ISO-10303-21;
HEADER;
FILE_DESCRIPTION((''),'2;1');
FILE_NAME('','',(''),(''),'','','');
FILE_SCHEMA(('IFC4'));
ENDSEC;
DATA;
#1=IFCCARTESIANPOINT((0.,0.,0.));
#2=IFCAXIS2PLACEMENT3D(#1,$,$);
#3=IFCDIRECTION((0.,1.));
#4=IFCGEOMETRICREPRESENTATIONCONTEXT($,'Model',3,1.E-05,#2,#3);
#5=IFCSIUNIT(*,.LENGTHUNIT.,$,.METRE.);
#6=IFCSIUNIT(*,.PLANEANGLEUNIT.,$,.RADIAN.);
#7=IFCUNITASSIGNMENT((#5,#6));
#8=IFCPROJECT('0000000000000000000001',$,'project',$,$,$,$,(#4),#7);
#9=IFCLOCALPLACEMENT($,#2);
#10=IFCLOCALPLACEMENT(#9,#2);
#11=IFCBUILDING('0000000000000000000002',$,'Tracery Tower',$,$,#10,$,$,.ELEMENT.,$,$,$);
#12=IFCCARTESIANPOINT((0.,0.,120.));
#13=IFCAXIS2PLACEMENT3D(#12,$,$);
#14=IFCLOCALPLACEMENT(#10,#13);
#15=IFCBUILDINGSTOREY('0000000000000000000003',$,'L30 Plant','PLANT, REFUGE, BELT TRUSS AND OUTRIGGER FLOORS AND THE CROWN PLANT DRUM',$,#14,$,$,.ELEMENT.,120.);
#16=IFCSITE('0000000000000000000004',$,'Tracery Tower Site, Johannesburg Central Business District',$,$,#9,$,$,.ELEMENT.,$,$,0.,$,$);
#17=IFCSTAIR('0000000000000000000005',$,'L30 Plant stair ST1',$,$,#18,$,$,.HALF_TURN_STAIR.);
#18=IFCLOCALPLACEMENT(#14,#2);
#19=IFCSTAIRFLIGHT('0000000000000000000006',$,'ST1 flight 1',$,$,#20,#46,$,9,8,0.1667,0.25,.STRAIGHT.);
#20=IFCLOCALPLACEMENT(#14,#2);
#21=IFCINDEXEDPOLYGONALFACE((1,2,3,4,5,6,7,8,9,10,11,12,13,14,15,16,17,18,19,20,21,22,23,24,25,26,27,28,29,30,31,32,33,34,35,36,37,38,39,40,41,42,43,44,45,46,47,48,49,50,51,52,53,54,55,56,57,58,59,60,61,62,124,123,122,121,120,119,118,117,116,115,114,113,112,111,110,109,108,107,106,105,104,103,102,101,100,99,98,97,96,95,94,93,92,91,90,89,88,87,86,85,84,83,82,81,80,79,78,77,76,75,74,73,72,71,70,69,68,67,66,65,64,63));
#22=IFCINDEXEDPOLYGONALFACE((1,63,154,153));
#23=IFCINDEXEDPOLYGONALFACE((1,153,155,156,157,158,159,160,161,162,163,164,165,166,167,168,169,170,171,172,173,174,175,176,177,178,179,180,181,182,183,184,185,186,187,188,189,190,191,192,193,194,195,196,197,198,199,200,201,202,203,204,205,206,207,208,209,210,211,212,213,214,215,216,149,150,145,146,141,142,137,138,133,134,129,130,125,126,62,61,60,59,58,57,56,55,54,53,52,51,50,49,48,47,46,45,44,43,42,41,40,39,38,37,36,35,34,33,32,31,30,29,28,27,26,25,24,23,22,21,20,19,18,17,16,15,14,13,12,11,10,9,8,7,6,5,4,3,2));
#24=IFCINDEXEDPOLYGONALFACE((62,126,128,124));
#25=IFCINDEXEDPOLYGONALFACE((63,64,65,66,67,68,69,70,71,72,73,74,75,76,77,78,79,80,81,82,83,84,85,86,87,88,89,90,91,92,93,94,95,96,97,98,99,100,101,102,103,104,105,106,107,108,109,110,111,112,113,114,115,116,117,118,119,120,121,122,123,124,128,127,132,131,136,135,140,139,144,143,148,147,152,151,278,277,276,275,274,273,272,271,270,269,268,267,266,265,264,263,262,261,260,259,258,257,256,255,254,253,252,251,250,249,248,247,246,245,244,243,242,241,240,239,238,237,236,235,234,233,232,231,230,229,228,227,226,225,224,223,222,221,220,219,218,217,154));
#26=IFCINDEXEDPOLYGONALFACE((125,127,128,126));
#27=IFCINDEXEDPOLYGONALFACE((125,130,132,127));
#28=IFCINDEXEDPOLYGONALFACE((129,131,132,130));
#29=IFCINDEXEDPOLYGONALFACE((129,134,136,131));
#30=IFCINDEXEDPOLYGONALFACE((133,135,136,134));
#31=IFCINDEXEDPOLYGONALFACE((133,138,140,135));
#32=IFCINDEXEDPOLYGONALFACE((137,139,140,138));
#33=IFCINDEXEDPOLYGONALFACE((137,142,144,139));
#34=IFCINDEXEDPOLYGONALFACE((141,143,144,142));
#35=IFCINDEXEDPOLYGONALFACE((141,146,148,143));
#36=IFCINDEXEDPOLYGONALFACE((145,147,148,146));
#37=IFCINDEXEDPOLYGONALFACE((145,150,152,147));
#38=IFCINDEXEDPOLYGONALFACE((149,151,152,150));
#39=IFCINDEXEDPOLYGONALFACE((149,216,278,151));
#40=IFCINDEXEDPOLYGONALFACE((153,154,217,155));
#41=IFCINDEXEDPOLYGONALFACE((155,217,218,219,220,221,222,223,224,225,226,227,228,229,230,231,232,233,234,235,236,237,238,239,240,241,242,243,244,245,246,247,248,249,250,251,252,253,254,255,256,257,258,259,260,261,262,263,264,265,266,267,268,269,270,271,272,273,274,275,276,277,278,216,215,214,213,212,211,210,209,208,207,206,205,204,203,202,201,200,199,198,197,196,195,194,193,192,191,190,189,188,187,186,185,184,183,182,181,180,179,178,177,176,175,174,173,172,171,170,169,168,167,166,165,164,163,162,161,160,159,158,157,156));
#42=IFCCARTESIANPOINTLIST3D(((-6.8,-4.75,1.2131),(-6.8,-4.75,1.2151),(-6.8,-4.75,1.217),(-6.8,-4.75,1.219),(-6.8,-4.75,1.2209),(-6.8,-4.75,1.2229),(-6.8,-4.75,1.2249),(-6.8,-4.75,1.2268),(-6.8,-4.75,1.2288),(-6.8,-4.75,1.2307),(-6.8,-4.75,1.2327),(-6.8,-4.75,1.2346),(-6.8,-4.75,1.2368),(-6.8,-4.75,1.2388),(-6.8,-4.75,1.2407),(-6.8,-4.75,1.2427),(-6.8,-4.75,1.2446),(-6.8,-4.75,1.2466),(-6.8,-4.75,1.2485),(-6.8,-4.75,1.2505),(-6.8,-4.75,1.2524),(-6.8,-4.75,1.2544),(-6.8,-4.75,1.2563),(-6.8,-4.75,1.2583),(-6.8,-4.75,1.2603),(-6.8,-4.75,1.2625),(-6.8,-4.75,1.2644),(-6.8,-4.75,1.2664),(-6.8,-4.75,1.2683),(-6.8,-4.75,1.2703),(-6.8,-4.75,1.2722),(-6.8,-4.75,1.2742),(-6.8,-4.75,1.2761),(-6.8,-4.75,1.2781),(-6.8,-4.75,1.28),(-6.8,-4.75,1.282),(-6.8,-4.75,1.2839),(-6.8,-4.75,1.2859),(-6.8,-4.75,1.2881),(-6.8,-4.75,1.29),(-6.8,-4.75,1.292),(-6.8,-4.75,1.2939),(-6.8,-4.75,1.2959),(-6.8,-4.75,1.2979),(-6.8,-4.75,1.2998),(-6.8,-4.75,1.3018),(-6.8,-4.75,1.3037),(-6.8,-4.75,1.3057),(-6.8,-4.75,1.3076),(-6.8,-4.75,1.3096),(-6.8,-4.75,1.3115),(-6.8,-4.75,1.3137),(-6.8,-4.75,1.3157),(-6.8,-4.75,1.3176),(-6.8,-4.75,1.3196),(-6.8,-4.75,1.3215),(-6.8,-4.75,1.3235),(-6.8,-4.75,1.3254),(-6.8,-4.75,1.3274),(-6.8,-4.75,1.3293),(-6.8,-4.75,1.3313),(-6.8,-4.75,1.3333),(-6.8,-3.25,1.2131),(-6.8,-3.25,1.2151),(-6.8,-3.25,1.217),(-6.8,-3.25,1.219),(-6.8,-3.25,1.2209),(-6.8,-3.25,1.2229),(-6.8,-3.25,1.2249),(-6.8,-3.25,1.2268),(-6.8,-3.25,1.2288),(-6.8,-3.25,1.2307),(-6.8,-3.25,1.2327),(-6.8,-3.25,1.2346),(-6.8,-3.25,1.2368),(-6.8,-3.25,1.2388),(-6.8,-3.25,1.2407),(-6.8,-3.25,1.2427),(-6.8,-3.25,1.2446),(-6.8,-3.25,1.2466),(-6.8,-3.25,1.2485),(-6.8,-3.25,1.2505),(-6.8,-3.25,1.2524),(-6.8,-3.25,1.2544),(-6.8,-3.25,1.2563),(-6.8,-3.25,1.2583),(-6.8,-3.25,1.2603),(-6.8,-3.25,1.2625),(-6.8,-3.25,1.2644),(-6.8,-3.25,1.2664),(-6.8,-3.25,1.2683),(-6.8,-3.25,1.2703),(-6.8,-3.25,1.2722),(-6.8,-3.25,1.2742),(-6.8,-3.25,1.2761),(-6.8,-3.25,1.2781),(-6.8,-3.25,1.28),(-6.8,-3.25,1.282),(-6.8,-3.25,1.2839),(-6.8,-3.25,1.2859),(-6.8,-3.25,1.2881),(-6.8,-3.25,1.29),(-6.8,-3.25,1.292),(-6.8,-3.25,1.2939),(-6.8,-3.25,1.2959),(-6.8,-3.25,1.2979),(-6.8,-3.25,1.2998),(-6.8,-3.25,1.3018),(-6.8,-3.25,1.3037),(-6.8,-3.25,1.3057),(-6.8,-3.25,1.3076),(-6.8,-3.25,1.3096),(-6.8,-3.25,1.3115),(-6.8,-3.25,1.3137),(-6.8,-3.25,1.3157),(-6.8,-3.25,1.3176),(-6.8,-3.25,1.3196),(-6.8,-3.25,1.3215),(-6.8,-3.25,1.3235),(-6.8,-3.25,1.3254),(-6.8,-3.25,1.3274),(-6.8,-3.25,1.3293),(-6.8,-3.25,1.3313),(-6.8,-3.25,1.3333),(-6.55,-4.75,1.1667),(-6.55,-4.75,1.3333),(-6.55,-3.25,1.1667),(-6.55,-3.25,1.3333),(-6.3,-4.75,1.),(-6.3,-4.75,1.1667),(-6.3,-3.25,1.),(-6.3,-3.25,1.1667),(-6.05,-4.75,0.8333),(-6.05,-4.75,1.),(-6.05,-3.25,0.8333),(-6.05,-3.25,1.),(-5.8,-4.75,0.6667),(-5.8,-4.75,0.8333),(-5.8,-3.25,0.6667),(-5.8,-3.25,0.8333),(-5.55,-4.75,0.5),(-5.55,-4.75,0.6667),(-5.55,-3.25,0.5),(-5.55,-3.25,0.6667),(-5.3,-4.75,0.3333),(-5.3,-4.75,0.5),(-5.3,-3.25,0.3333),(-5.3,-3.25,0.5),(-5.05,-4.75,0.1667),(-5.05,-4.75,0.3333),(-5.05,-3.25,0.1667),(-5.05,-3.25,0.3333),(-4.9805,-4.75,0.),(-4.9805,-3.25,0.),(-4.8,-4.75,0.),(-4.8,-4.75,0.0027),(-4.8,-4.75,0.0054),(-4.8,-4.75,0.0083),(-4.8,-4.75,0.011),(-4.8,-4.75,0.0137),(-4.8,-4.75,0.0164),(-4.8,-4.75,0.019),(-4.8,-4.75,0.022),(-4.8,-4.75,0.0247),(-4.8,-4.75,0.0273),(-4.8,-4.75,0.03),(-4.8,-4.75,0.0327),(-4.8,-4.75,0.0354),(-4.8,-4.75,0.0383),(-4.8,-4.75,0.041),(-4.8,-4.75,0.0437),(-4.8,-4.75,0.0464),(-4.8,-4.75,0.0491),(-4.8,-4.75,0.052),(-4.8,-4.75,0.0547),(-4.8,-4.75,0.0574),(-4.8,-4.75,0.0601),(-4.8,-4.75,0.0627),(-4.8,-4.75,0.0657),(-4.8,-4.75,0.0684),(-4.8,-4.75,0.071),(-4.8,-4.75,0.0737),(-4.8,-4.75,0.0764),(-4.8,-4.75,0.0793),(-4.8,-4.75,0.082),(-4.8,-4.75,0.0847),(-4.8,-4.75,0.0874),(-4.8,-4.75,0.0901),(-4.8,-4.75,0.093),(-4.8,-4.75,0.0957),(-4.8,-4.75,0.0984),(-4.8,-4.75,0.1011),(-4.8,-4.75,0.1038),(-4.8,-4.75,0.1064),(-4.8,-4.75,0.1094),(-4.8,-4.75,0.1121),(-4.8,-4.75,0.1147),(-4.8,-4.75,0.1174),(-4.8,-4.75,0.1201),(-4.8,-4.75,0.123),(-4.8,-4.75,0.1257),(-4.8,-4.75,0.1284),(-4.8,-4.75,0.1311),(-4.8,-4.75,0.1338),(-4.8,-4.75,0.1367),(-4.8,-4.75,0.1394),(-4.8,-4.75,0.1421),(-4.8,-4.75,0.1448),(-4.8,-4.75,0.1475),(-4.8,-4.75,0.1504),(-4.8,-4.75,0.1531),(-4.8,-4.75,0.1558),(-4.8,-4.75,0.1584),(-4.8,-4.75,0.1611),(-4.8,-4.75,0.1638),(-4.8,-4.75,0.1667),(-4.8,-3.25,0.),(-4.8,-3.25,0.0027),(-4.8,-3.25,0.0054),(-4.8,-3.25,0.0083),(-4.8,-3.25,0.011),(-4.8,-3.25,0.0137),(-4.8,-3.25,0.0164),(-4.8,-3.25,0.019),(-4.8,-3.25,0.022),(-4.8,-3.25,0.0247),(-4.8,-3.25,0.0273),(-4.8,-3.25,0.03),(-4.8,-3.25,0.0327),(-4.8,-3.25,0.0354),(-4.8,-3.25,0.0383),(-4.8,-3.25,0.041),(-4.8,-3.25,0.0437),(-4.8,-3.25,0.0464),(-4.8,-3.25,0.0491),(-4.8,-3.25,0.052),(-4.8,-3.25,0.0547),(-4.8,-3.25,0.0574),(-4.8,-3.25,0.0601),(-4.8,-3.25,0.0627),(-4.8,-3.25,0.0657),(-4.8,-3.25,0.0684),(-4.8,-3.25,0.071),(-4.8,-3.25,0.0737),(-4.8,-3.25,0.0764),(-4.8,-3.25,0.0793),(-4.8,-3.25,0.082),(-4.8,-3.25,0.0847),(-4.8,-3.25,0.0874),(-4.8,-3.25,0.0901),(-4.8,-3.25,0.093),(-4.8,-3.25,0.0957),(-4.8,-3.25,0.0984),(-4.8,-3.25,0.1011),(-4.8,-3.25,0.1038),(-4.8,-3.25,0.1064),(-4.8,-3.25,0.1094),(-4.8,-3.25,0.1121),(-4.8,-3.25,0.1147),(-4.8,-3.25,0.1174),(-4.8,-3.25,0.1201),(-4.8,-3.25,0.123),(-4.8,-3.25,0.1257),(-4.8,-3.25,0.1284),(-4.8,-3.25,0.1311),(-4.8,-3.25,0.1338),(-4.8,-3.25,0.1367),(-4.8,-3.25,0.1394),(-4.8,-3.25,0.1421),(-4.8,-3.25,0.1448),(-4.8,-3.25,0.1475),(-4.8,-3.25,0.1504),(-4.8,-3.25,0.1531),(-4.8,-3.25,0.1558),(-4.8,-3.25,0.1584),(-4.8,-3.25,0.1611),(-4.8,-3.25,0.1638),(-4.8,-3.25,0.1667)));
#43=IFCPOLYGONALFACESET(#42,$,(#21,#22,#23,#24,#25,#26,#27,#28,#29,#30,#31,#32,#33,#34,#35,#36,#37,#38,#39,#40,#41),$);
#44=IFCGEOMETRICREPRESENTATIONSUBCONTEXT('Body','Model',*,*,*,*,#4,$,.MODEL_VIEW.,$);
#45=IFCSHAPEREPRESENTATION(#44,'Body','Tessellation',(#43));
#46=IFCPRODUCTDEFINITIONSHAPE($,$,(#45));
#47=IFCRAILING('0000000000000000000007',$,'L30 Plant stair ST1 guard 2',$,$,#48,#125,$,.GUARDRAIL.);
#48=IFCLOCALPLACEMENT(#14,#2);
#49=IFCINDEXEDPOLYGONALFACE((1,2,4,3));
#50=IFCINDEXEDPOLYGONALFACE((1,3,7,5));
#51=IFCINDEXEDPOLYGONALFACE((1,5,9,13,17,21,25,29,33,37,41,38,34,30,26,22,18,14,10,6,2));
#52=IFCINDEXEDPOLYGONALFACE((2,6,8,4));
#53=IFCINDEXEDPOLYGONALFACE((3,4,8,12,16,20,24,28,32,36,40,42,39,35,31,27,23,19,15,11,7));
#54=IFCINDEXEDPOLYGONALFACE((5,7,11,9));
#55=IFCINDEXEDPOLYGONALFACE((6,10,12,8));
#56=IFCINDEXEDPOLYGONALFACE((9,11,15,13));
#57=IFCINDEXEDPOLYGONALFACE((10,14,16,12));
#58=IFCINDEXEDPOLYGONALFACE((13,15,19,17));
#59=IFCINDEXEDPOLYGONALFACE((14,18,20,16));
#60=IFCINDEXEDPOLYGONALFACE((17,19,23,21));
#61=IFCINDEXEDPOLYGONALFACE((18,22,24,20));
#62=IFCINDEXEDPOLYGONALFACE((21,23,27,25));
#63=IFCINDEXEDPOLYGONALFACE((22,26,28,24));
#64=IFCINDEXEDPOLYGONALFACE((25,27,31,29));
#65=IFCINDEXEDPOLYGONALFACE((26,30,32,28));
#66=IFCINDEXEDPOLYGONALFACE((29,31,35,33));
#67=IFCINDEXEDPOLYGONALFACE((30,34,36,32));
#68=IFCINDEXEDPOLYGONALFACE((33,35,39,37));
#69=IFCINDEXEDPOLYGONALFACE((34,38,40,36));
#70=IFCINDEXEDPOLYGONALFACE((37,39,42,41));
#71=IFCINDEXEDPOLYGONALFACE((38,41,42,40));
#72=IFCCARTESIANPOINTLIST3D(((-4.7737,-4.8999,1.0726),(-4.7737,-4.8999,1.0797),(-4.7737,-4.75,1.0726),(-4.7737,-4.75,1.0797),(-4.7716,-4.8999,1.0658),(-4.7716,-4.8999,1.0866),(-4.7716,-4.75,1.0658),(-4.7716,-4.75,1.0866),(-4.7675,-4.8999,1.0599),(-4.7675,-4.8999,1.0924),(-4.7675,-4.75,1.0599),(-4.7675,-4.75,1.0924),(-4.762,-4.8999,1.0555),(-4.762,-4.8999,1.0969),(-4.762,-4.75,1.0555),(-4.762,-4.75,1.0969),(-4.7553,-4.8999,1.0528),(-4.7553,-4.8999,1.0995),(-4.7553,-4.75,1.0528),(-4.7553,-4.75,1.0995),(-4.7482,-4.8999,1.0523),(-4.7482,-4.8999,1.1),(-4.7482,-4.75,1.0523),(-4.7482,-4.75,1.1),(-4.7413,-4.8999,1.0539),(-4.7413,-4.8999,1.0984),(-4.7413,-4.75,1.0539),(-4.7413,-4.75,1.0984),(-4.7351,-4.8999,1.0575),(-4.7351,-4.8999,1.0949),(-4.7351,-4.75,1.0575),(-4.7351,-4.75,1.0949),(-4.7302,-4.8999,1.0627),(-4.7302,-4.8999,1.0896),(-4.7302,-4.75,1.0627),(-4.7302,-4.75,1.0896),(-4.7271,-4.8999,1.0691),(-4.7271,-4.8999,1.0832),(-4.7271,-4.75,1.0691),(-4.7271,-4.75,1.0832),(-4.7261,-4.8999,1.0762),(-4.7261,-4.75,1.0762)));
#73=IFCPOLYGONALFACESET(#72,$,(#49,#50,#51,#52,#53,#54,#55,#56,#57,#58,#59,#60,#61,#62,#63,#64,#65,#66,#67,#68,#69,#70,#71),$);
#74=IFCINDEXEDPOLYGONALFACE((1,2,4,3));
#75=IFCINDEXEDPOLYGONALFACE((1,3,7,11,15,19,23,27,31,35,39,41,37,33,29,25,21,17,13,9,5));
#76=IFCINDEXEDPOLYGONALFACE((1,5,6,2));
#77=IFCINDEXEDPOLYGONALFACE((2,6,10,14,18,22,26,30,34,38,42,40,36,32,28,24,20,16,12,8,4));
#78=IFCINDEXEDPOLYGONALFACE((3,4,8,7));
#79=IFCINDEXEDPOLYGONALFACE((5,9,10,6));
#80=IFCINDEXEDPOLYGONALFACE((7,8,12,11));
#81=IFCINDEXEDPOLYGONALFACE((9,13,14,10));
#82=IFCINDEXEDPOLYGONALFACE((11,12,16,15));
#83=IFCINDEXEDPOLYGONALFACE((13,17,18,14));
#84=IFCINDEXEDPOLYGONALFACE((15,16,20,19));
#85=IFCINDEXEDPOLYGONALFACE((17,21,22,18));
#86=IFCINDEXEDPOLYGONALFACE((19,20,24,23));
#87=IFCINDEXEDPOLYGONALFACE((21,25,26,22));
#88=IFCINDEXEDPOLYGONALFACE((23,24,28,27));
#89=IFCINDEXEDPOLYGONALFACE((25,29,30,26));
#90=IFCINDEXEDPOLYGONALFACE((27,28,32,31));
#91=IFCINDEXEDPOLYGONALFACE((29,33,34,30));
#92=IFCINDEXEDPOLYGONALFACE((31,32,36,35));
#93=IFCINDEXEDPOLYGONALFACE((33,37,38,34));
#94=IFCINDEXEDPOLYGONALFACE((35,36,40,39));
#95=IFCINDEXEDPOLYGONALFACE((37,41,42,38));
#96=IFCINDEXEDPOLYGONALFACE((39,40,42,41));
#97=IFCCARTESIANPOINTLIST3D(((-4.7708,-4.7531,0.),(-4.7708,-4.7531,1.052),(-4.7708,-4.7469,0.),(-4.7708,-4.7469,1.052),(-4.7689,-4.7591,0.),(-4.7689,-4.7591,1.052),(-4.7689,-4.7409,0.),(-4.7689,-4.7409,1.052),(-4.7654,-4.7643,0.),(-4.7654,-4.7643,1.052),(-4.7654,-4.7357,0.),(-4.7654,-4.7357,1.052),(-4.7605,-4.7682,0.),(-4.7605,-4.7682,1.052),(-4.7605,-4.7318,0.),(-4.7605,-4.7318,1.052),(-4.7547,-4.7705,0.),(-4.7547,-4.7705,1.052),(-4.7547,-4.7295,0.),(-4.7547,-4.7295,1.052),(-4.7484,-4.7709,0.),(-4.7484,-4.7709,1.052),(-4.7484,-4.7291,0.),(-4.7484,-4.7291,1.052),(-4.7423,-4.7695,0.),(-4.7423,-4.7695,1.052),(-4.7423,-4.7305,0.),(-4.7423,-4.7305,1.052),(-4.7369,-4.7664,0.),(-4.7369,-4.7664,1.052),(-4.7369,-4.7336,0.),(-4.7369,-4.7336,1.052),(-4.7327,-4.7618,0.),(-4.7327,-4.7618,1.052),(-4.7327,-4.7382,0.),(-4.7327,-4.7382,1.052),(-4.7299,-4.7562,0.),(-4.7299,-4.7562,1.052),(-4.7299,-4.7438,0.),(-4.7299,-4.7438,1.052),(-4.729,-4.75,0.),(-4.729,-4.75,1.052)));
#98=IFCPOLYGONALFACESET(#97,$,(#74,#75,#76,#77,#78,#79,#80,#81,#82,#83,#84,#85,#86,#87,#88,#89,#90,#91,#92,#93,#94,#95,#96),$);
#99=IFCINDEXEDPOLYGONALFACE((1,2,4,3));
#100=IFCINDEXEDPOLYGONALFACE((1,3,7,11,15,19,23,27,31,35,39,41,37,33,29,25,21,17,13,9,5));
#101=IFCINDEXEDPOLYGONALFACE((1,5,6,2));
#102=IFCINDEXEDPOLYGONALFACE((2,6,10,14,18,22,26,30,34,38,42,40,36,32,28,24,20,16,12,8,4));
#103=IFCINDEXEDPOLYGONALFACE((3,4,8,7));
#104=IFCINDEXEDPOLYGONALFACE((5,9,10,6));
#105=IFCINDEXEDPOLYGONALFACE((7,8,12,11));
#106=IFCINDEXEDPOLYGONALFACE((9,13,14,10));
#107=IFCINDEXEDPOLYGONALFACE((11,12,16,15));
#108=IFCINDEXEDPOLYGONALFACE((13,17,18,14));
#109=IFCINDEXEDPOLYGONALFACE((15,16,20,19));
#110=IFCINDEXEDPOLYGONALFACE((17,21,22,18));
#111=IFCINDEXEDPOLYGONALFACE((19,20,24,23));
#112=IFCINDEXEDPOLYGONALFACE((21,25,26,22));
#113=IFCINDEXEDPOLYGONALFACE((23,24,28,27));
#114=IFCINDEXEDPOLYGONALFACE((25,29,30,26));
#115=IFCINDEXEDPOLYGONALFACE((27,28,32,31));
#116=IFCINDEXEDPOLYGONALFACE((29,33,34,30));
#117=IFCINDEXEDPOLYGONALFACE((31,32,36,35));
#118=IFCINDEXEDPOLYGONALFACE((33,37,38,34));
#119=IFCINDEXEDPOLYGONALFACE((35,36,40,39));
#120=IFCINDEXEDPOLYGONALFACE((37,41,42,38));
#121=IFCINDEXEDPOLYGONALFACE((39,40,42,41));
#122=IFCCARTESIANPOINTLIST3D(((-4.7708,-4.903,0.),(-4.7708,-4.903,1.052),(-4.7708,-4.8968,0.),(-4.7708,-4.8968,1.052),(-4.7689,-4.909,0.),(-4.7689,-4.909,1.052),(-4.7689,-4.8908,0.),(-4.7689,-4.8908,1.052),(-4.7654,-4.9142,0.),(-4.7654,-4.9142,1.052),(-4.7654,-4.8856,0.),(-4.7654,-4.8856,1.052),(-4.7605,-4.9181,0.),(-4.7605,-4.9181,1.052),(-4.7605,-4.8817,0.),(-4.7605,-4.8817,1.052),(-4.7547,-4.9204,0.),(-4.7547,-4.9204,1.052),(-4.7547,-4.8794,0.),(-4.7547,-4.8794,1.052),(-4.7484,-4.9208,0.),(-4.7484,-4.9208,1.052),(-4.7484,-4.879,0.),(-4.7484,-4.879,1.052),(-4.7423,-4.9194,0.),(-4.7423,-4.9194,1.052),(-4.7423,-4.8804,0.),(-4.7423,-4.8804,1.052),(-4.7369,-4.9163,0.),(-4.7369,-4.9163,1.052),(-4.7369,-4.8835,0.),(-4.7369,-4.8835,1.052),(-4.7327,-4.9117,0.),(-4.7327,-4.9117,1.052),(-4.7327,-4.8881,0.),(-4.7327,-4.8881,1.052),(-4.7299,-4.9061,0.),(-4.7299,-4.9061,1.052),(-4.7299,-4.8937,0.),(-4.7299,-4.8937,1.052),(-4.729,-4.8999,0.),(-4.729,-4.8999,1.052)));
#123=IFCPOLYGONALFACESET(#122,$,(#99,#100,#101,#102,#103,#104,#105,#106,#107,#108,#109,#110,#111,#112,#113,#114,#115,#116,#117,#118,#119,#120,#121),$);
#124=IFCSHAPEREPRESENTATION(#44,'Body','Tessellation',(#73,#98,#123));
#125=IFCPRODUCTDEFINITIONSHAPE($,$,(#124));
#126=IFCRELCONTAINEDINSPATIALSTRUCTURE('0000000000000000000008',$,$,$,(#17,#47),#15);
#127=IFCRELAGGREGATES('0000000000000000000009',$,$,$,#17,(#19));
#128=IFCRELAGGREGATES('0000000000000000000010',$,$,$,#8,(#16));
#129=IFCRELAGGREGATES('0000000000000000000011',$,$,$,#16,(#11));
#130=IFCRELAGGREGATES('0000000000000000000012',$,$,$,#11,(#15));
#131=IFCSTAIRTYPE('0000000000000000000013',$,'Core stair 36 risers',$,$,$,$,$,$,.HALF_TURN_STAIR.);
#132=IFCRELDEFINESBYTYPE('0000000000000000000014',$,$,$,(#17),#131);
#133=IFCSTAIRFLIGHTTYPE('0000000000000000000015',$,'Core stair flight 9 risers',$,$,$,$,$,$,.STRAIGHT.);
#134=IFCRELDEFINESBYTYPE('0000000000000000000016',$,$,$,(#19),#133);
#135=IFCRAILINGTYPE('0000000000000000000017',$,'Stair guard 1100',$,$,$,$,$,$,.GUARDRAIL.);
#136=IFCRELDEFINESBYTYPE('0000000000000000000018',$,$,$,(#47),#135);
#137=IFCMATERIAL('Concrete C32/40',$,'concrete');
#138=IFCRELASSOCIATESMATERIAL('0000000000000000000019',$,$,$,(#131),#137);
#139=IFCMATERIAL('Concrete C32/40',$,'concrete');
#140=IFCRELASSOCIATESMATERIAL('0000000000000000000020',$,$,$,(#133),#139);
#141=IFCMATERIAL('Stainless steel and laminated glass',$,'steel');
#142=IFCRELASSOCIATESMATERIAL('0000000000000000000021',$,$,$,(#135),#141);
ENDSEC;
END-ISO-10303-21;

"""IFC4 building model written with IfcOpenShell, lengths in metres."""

from ifc_helpers import new_model, si_unit, direction, frame, origin, origin_2d, place, context, subcontext, project, spatial, polyline, circle, outline, extrude, material, type_object, element, aggregate, save


model = new_model("IFC4")

# Units and contexts
model_context = context("Model", 3, precision=1e-05, world=origin(), true_north=direction((0.0, 1.0)))
body_context = subcontext(model_context, "Body", "Model", "MODEL_VIEW")
ifc_project = project(units=[si_unit("LENGTHUNIT", "METRE"), si_unit("PLANEANGLEUNIT", "RADIAN")], contexts=[model_context])

# Site, building, storey
site_placement = place(None, origin())
site = spatial("IfcSite", under=ifc_project, at=site_placement, Name="Tracery Tower Site, Johannesburg Central Business District", CompositionType="ELEMENT", RefElevation=0.0)
building_placement = place(site_placement, origin())
building = spatial("IfcBuilding", under=site, at=building_placement, Name="Tracery Tower", CompositionType="ELEMENT")
storey_placement = place(building_placement, frame((0.0, 0.0, 120.0)))
storey = spatial("IfcBuildingStorey", under=building, at=storey_placement, Name="L30 Plant", Description="PLANT, REFUGE, BELT TRUSS AND OUTRIGGER FLOORS AND THE CROWN PLANT DRUM", CompositionType="ELEMENT", Elevation=120.0)

# Stair
ifc_material_1 = material(Name="Concrete C32/40", Category="concrete")
stair_type = type_object("IfcStairType", Name="Core stair 36 risers", PredefinedType="HALF_TURN_STAIR", material=ifc_material_1)
stair_1_placement = place(storey_placement, origin())
stair_1 = element("IfcStair", 1, at=stair_1_placement, inside=storey, type_object=stair_type, Name="L30 Plant stair ST1", PredefinedType="HALF_TURN_STAIR")

# Stair flight
ifc_material_2 = material(Name="Concrete C32/40", Category="concrete")
stair_flight_type = type_object("IfcStairFlightType", Name="Core stair flight 9 risers", PredefinedType="STRAIGHT", material=ifc_material_2)
stair_flight_1_placement = place(storey_placement, frame((-4.8, -4.0, 0.0), z_axis=(0.0, 0.0, 1.0), x_axis=(-1.0, 0.0, 0.0)))
stair_flight_1 = element("IfcStairFlight", 2, at=stair_flight_1_placement, type_object=stair_flight_type, Name="ST1 flight 1", NumberOfRisers=9, NumberOfTreads=8, PredefinedType="STRAIGHT", RiserHeight=0.1667, TreadLength=0.25, context=body_context, shape_type="SweptSolid", body=[
    extrude(outline(polyline([(0.0, 0.0), (0.0, 0.0027), (0.0, 0.0054), (0.0, 0.0083), (0.0, 0.011), (0.0, 0.0137), (0.0, 0.0164), (0.0, 0.019), (0.0, 0.022), (0.0, 0.0247), (0.0, 0.0273), (0.0, 0.03), (0.0, 0.0327), (0.0, 0.0354), (0.0, 0.0383), (0.0, 0.041), (0.0, 0.0437), (0.0, 0.0464), (0.0, 0.0491), (0.0, 0.052), (0.0, 0.0547), (0.0, 0.0574), (0.0, 0.0601), (0.0, 0.0627), (0.0, 0.0657), (0.0, 0.0684), (0.0, 0.071), (0.0, 0.0737), (0.0, 0.0764), (0.0, 0.0793), (0.0, 0.082), (0.0, 0.0847), (0.0, 0.0874), (0.0, 0.0901), (0.0, 0.093), (0.0, 0.0957), (0.0, 0.0984), (0.0, 0.1011), (0.0, 0.1038), (0.0, 0.1064), (0.0, 0.1094), (0.0, 0.1121), (0.0, 0.1147), (0.0, 0.1174), (0.0, 0.1201), (0.0, 0.123), (0.0, 0.1257), (0.0, 0.1284), (0.0, 0.1311), (0.0, 0.1338), (0.0, 0.1367), (0.0, 0.1394), (0.0, 0.1421), (0.0, 0.1448), (0.0, 0.1475), (0.0, 0.1504), (0.0, 0.1531), (0.0, 0.1558), (0.0, 0.1584), (0.0, 0.1611), (0.0, 0.1638), (0.0, 0.1667), (0.25, 0.1667), (0.25, 0.3333), (0.5, 0.3333), (0.5, 0.5), (0.75, 0.5), (0.75, 0.6667), (1.0, 0.6667), (1.0, 0.8333), (1.25, 0.8333), (1.25, 1.0), (1.5, 1.0), (1.5, 1.1667), (1.75, 1.1667), (1.75, 1.3333), (2.0, 1.3333), (2.0, 1.3313), (2.0, 1.3293), (2.0, 1.3274), (2.0, 1.3254), (2.0, 1.3235), (2.0, 1.3215), (2.0, 1.3196), (2.0, 1.3176), (2.0, 1.3157), (2.0, 1.3137), (2.0, 1.3115), (2.0, 1.3096), (2.0, 1.3076), (2.0, 1.3057), (2.0, 1.3037), (2.0, 1.3018), (2.0, 1.2998), (2.0, 1.2979), (2.0, 1.2959), (2.0, 1.2939), (2.0, 1.292), (2.0, 1.29), (2.0, 1.2881), (2.0, 1.2859), (2.0, 1.2839), (2.0, 1.282), (2.0, 1.28), (2.0, 1.2781), (2.0, 1.2761), (2.0, 1.2742), (2.0, 1.2722), (2.0, 1.2703), (2.0, 1.2683), (2.0, 1.2664), (2.0, 1.2644), (2.0, 1.2625), (2.0, 1.2603), (2.0, 1.2583), (2.0, 1.2563), (2.0, 1.2544), (2.0, 1.2524), (2.0, 1.2505), (2.0, 1.2485), (2.0, 1.2466), (2.0, 1.2446), (2.0, 1.2427), (2.0, 1.2407), (2.0, 1.2388), (2.0, 1.2368), (2.0, 1.2346), (2.0, 1.2327), (2.0, 1.2307), (2.0, 1.2288), (2.0, 1.2268), (2.0, 1.2249), (2.0, 1.2229), (2.0, 1.2209), (2.0, 1.219), (2.0, 1.217), (2.0, 1.2151), (2.0, 1.2131), (0.1804, 0.0), (0.0, 0.0)])), frame((0.0, 0.75, 0.0), z_axis=(0.0, -1.0, 0.0), x_axis=(1.0, 0.0, 0.0)), (0.0, 0.0, 1.0), 1.5),
])
aggregate(stair_1, [stair_flight_1])

# Railing
ifc_material_3 = material(Name="Stainless steel and laminated glass", Category="steel")
railing_type_1 = type_object("IfcRailingType", Name="Stair guard 1100", PredefinedType="GUARDRAIL", material=ifc_material_3)
railing_1_placement = place(storey_placement, frame((-4.75, -4.75, 0.0)))
element("IfcRailing", 3, at=railing_1_placement, inside=storey, type_object=railing_type_1, Name="L30 Plant stair ST1 guard 2", PredefinedType="GUARDRAIL", context=body_context, shape_type="SweptSolid", body=[
    extrude(circle(Radius=0.0239, at=origin_2d()), frame((0.0, 0.0, 1.0762), z_axis=(0.0, -1.0, 0.0), x_axis=(1.0, 0.0, 0.0)), (0.0, 0.0, 1.0), 0.1499),
    extrude(circle(Radius=0.021, at=origin_2d()), origin(), (0.0, 0.0, 1.0), 1.052),
    extrude(circle(Radius=0.021, at=origin_2d()), frame((0.0, -0.1499, 0.0)), (0.0, 0.0, 1.0), 1.052),
])

save(model, "model.ifc")
